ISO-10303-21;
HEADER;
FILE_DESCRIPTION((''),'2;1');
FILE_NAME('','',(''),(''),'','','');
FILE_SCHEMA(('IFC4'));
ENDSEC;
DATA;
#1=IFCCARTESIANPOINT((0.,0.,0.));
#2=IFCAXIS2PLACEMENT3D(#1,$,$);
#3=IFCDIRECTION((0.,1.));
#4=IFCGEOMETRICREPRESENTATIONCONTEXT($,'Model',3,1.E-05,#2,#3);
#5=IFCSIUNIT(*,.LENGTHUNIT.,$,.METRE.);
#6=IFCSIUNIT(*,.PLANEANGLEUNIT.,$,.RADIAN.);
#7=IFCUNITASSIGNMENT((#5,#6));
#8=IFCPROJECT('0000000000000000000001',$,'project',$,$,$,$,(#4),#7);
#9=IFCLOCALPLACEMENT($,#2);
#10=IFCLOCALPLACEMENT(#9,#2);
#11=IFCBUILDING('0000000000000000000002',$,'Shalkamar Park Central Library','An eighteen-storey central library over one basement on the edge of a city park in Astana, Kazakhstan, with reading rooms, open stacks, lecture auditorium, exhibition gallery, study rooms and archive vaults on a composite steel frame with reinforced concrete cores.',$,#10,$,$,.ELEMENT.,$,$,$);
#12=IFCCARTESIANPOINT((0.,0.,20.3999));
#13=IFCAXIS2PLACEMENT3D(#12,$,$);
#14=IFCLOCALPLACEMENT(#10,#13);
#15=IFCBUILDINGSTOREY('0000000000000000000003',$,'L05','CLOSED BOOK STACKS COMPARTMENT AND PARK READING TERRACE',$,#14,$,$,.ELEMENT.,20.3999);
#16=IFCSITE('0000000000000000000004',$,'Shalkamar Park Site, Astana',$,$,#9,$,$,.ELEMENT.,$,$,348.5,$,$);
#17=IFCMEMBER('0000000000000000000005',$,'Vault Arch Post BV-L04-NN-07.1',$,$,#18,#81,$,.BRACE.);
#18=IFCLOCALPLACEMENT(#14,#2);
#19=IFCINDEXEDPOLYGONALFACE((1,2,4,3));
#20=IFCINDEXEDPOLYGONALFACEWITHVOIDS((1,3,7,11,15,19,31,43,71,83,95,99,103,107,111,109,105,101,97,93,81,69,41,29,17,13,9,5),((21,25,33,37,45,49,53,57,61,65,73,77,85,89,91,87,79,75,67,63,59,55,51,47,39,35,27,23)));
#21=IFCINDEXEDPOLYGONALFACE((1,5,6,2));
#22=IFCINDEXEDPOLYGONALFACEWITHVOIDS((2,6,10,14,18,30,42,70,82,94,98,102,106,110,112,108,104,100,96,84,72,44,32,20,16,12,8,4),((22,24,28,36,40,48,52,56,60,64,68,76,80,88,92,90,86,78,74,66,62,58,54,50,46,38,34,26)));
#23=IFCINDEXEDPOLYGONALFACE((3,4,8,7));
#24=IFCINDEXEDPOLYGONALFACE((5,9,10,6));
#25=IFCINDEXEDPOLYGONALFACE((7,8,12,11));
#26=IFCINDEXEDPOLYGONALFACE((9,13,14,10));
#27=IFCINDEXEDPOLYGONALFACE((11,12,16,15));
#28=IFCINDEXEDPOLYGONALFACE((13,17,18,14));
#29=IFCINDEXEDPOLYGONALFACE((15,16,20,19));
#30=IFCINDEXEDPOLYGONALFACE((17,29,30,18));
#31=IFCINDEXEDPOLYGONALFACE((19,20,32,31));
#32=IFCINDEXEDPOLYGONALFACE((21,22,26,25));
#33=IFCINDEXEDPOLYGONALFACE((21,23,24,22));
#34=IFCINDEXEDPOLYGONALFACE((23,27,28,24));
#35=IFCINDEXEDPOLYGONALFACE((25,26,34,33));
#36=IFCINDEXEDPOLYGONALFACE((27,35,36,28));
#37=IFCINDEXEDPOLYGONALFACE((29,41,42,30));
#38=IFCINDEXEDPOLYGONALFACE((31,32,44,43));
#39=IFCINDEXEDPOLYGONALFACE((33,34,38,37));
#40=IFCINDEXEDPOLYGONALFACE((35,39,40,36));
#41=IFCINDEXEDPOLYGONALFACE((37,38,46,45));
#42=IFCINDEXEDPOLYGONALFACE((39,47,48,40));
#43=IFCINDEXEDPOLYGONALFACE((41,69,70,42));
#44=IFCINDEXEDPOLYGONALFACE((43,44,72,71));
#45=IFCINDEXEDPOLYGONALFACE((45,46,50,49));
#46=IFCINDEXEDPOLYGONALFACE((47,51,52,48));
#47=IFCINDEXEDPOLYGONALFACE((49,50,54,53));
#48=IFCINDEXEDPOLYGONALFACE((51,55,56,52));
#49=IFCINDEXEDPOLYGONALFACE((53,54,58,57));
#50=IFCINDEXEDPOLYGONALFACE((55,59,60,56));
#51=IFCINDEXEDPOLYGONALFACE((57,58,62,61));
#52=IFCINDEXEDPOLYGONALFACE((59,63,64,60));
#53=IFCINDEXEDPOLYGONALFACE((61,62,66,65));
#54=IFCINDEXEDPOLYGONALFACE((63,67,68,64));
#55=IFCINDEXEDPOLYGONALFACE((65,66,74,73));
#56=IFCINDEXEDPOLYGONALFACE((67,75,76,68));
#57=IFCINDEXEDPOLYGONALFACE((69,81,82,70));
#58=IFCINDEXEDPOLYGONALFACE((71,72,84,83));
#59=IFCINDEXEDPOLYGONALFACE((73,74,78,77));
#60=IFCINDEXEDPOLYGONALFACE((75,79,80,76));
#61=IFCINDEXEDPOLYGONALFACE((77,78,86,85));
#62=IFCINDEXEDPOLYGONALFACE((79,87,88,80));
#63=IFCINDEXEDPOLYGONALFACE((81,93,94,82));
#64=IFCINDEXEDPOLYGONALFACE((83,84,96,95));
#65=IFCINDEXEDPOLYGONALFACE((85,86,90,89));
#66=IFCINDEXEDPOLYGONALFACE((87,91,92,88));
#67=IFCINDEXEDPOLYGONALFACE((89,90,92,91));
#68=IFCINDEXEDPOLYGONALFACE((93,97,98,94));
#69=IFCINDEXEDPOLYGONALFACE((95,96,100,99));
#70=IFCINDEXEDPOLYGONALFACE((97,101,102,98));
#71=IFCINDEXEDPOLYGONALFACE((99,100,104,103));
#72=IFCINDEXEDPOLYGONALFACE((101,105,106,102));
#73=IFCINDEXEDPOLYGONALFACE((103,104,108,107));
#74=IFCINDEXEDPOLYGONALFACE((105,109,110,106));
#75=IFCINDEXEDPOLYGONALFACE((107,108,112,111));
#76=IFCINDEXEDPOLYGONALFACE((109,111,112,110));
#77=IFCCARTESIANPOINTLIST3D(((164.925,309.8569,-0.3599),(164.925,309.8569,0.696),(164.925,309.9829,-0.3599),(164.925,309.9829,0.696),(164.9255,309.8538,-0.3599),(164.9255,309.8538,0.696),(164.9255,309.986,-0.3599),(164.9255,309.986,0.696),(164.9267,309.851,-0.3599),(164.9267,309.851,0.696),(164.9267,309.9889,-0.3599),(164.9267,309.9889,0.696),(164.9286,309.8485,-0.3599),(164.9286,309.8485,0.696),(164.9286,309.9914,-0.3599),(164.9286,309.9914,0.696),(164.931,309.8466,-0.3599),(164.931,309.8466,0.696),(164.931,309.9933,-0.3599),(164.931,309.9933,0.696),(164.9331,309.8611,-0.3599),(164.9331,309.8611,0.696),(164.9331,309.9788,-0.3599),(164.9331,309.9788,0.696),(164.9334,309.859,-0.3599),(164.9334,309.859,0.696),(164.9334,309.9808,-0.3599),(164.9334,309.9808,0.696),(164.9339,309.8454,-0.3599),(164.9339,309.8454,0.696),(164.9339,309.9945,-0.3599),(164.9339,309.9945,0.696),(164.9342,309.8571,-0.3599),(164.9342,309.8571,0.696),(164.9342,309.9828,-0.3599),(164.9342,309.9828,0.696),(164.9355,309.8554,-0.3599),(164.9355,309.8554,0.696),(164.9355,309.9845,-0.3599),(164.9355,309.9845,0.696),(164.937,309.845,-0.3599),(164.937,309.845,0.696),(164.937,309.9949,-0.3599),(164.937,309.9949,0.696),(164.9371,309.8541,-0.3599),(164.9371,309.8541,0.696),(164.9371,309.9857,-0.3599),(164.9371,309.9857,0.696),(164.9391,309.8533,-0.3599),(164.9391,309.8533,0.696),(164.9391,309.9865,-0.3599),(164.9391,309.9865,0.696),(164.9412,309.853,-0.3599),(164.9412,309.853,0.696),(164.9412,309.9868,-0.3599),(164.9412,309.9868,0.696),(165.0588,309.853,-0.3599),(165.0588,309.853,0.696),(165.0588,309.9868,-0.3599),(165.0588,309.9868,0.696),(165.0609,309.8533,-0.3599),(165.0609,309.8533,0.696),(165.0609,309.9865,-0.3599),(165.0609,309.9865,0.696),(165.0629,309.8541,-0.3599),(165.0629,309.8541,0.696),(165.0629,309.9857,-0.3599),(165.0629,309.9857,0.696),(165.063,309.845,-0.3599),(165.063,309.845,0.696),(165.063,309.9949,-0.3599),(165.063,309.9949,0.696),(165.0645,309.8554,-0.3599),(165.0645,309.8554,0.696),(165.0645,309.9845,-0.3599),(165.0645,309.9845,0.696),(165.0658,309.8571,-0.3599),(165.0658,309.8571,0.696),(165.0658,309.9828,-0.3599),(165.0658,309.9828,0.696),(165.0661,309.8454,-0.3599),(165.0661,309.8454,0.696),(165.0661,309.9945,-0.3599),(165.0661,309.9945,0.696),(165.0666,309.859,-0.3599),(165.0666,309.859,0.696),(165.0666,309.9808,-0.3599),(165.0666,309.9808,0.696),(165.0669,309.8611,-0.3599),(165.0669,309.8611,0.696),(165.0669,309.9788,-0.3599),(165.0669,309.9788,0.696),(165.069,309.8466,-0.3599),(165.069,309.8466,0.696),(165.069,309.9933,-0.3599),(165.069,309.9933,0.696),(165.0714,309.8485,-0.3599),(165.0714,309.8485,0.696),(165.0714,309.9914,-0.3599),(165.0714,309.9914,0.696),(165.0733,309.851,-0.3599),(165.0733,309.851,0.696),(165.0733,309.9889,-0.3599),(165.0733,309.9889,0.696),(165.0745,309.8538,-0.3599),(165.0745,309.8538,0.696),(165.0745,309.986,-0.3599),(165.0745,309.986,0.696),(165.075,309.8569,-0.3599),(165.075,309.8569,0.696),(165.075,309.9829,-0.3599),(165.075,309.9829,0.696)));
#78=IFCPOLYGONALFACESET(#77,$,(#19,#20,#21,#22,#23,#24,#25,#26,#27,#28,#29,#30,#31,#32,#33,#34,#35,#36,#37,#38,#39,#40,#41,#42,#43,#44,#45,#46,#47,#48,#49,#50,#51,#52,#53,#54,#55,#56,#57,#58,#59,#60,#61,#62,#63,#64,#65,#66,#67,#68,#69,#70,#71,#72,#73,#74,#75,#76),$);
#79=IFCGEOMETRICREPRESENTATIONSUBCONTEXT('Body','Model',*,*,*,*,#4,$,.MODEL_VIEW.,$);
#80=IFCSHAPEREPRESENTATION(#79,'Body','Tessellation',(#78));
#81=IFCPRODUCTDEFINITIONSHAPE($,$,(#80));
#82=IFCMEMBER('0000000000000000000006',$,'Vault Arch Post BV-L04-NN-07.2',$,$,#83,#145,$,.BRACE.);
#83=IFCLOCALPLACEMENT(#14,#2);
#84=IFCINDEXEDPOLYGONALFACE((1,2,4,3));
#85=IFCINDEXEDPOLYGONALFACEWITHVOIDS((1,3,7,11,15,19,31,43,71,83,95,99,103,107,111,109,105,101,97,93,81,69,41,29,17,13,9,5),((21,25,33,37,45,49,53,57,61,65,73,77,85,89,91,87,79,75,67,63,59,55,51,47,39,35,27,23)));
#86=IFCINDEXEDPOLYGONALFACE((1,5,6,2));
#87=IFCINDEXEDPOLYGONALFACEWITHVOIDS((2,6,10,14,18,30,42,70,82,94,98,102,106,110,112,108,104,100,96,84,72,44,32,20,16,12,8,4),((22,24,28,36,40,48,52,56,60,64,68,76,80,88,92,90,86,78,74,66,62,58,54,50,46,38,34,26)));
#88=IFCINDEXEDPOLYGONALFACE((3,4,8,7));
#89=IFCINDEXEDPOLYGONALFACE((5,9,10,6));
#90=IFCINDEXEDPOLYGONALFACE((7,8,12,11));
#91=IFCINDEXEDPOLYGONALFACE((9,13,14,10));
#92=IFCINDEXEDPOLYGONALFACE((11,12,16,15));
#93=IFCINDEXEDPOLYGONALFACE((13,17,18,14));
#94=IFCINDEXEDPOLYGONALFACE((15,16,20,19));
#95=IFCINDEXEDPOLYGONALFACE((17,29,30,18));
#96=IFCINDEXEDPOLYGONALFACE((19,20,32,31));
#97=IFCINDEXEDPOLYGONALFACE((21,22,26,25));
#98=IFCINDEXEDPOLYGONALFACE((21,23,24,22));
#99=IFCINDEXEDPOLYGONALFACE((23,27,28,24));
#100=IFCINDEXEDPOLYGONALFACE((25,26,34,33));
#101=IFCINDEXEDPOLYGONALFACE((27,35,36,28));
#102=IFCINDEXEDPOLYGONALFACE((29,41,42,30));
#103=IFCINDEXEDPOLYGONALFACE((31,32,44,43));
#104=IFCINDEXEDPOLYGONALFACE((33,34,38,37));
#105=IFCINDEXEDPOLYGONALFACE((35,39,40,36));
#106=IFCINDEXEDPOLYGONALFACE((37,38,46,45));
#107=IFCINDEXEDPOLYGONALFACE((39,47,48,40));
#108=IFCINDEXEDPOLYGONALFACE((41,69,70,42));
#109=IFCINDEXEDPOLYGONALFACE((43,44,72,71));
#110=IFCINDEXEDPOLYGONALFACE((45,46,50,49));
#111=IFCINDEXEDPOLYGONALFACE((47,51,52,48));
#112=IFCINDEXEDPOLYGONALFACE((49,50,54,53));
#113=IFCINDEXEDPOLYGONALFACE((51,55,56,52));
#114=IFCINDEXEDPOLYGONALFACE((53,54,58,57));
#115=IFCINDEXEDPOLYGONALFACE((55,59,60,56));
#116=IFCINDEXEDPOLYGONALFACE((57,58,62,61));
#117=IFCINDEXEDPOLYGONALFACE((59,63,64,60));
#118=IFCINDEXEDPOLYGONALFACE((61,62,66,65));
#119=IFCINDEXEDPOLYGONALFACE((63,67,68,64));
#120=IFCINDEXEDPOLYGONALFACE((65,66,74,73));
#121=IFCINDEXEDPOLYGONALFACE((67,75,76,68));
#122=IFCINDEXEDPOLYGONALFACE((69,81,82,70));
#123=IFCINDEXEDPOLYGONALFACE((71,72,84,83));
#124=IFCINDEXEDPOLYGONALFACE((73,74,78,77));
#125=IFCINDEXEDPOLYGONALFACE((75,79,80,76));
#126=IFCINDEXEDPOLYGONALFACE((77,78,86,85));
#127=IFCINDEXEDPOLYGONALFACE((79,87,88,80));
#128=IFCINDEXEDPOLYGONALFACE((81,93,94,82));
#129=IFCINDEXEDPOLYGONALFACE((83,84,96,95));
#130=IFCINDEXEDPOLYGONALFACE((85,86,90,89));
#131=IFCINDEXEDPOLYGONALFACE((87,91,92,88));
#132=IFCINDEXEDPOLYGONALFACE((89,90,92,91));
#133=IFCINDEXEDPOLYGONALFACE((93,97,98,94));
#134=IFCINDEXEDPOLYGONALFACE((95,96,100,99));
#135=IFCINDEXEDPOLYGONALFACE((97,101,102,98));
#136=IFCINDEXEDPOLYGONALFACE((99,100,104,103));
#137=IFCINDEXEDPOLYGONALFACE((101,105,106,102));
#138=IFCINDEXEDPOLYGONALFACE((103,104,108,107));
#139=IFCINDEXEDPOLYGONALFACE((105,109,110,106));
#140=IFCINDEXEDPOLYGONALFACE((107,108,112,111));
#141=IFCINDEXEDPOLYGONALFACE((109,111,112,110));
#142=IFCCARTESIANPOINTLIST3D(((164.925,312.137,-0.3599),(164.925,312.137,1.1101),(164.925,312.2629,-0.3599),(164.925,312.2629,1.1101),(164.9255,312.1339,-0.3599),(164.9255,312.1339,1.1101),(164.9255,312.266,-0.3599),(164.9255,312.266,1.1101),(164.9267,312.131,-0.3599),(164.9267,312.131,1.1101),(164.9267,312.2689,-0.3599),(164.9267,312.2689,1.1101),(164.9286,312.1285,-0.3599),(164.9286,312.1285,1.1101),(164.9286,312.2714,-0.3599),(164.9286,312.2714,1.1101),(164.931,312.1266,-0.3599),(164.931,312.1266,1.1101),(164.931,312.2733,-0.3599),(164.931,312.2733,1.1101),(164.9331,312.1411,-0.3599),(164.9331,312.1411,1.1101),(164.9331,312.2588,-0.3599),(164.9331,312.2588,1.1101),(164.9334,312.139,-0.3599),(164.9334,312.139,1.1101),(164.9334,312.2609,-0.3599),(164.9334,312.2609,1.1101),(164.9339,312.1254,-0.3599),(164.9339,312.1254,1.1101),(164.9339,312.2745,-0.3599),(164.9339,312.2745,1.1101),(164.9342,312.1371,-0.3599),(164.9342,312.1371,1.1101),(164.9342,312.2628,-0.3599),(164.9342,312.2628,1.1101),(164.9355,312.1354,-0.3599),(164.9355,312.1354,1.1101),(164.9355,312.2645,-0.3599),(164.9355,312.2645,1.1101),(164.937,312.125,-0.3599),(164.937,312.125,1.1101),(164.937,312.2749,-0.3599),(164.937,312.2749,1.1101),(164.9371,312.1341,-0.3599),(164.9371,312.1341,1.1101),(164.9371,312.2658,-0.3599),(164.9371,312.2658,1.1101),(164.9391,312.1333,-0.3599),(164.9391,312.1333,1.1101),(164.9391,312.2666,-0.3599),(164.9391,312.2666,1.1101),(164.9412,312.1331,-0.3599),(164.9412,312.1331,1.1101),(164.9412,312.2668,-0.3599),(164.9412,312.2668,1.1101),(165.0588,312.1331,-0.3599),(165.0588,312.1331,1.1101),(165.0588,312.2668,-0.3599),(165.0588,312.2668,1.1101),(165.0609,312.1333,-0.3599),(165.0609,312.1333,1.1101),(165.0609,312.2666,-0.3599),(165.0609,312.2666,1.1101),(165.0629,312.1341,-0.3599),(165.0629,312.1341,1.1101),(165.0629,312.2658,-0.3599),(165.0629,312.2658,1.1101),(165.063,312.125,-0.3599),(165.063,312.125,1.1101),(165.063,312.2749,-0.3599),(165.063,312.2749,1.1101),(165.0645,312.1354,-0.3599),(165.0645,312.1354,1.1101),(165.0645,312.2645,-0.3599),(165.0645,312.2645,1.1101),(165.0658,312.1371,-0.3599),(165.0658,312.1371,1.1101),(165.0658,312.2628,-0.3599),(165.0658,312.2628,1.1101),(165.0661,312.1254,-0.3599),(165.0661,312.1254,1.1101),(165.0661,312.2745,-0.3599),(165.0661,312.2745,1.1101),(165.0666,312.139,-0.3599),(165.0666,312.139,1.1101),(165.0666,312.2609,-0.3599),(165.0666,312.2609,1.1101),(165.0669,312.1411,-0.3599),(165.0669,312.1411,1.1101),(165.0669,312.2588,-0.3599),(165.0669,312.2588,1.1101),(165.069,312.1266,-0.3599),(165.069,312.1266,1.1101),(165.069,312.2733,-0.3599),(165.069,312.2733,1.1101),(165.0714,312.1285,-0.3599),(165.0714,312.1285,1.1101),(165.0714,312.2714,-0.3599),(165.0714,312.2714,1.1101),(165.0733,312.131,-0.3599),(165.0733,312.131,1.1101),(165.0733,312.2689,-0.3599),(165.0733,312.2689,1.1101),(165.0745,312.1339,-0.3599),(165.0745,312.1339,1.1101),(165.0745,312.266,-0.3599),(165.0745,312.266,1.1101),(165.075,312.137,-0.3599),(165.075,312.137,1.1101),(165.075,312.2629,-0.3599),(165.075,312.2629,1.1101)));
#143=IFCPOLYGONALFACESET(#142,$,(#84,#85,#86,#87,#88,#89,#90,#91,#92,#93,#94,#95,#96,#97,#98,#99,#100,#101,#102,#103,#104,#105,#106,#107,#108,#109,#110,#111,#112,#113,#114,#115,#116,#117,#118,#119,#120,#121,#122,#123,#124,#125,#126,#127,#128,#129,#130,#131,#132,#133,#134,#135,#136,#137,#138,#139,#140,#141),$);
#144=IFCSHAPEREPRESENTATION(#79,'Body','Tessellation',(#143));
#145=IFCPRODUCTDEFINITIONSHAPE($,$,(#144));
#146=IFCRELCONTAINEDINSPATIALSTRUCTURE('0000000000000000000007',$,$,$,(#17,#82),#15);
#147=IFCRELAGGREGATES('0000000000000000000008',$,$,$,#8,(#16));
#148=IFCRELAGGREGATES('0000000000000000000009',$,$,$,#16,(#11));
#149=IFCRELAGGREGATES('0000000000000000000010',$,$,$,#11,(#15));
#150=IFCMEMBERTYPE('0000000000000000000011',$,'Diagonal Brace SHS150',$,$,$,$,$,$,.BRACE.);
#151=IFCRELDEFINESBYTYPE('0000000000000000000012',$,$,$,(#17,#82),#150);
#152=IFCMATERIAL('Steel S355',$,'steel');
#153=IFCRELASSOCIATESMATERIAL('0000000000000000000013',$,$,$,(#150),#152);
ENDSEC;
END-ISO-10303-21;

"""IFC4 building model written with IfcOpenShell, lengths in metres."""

from ifc_helpers import new_model, si_unit, direction, frame, origin, origin_2d, place, context, subcontext, project, spatial, hollow_rectangle, extrude, material, material_profile, profile_set, type_object, element, save


model = new_model("IFC4")

# Units and contexts
model_context = context("Model", 3, precision=1e-05, world=origin(), true_north=direction((0.0, 1.0)))
body_context = subcontext(model_context, "Body", "Model", "MODEL_VIEW")
ifc_project = project(units=[si_unit("LENGTHUNIT", "METRE"), si_unit("PLANEANGLEUNIT", "RADIAN")], contexts=[model_context])

# Site, building, storey
site_placement = place(None, origin())
site = spatial("IfcSite", under=ifc_project, at=site_placement, Name="Shalkamar Park Site, Astana", CompositionType="ELEMENT", RefElevation=348.5)
building_placement = place(site_placement, origin())
building = spatial("IfcBuilding", under=site, at=building_placement, Name="Shalkamar Park Central Library", Description="An eighteen-storey central library over one basement on the edge of a city park in Astana, Kazakhstan, with reading rooms, open stacks, lecture auditorium, exhibition gallery, study rooms and archive vaults on a composite steel frame with reinforced concrete cores.", CompositionType="ELEMENT")
storey_placement = place(building_placement, frame((0.0, 0.0, 20.3999)))
storey = spatial("IfcBuildingStorey", under=building, at=storey_placement, Name="L05", Description="CLOSED BOOK STACKS COMPARTMENT AND PARK READING TERRACE", CompositionType="ELEMENT", Elevation=20.3999)

# Members
ifc_material_1 = material(Name="Steel S355", Category="steel")
ifc_material_profile_1 = material_profile(ifc_material_1, hollow_rectangle(XDim=0.1499, YDim=0.1499, WallThickness=0.0081, InnerFilletRadius=0.0081, OuterFilletRadius=0.012, at=origin_2d()), Name="SHS 150x150x8")
ifc_profile_set_1 = profile_set([ifc_material_profile_1], Name="Steel S355")
member_type_1 = type_object("IfcMemberType", Name="Diagonal Brace SHS150", PredefinedType="BRACE", material=ifc_profile_set_1)
member_1_placement = place(storey_placement, frame((165.0, 309.9199, -0.3599), z_axis=(0.0, 0.0, 1.0), x_axis=(1.0, 0.0, 0.0)))
element("IfcMember", 1, at=member_1_placement, inside=storey, type_object=member_type_1, Name="Vault Arch Post BV-L04-NN-07.1", PredefinedType="BRACE", context=body_context, shape_type="SweptSolid", body=[
    extrude(hollow_rectangle(XDim=0.1499, YDim=0.1499, WallThickness=0.0081, InnerFilletRadius=0.0081, OuterFilletRadius=0.012, at=origin_2d()), origin(), (0.0, 0.0, 1.0), 1.0559),
])
member_2_placement = place(storey_placement, frame((165.0, 312.2, -0.3599), z_axis=(0.0, 0.0, 1.0), x_axis=(1.0, 0.0, 0.0)))
element("IfcMember", 2, at=member_2_placement, inside=storey, type_object=member_type_1, Name="Vault Arch Post BV-L04-NN-07.2", PredefinedType="BRACE", context=body_context, shape_type="SweptSolid", body=[
    extrude(hollow_rectangle(XDim=0.1499, YDim=0.1499, WallThickness=0.0081, InnerFilletRadius=0.0081, OuterFilletRadius=0.012, at=origin_2d()), origin(), (0.0, 0.0, 1.0), 1.47),
])

save(model, "model.ifc")
